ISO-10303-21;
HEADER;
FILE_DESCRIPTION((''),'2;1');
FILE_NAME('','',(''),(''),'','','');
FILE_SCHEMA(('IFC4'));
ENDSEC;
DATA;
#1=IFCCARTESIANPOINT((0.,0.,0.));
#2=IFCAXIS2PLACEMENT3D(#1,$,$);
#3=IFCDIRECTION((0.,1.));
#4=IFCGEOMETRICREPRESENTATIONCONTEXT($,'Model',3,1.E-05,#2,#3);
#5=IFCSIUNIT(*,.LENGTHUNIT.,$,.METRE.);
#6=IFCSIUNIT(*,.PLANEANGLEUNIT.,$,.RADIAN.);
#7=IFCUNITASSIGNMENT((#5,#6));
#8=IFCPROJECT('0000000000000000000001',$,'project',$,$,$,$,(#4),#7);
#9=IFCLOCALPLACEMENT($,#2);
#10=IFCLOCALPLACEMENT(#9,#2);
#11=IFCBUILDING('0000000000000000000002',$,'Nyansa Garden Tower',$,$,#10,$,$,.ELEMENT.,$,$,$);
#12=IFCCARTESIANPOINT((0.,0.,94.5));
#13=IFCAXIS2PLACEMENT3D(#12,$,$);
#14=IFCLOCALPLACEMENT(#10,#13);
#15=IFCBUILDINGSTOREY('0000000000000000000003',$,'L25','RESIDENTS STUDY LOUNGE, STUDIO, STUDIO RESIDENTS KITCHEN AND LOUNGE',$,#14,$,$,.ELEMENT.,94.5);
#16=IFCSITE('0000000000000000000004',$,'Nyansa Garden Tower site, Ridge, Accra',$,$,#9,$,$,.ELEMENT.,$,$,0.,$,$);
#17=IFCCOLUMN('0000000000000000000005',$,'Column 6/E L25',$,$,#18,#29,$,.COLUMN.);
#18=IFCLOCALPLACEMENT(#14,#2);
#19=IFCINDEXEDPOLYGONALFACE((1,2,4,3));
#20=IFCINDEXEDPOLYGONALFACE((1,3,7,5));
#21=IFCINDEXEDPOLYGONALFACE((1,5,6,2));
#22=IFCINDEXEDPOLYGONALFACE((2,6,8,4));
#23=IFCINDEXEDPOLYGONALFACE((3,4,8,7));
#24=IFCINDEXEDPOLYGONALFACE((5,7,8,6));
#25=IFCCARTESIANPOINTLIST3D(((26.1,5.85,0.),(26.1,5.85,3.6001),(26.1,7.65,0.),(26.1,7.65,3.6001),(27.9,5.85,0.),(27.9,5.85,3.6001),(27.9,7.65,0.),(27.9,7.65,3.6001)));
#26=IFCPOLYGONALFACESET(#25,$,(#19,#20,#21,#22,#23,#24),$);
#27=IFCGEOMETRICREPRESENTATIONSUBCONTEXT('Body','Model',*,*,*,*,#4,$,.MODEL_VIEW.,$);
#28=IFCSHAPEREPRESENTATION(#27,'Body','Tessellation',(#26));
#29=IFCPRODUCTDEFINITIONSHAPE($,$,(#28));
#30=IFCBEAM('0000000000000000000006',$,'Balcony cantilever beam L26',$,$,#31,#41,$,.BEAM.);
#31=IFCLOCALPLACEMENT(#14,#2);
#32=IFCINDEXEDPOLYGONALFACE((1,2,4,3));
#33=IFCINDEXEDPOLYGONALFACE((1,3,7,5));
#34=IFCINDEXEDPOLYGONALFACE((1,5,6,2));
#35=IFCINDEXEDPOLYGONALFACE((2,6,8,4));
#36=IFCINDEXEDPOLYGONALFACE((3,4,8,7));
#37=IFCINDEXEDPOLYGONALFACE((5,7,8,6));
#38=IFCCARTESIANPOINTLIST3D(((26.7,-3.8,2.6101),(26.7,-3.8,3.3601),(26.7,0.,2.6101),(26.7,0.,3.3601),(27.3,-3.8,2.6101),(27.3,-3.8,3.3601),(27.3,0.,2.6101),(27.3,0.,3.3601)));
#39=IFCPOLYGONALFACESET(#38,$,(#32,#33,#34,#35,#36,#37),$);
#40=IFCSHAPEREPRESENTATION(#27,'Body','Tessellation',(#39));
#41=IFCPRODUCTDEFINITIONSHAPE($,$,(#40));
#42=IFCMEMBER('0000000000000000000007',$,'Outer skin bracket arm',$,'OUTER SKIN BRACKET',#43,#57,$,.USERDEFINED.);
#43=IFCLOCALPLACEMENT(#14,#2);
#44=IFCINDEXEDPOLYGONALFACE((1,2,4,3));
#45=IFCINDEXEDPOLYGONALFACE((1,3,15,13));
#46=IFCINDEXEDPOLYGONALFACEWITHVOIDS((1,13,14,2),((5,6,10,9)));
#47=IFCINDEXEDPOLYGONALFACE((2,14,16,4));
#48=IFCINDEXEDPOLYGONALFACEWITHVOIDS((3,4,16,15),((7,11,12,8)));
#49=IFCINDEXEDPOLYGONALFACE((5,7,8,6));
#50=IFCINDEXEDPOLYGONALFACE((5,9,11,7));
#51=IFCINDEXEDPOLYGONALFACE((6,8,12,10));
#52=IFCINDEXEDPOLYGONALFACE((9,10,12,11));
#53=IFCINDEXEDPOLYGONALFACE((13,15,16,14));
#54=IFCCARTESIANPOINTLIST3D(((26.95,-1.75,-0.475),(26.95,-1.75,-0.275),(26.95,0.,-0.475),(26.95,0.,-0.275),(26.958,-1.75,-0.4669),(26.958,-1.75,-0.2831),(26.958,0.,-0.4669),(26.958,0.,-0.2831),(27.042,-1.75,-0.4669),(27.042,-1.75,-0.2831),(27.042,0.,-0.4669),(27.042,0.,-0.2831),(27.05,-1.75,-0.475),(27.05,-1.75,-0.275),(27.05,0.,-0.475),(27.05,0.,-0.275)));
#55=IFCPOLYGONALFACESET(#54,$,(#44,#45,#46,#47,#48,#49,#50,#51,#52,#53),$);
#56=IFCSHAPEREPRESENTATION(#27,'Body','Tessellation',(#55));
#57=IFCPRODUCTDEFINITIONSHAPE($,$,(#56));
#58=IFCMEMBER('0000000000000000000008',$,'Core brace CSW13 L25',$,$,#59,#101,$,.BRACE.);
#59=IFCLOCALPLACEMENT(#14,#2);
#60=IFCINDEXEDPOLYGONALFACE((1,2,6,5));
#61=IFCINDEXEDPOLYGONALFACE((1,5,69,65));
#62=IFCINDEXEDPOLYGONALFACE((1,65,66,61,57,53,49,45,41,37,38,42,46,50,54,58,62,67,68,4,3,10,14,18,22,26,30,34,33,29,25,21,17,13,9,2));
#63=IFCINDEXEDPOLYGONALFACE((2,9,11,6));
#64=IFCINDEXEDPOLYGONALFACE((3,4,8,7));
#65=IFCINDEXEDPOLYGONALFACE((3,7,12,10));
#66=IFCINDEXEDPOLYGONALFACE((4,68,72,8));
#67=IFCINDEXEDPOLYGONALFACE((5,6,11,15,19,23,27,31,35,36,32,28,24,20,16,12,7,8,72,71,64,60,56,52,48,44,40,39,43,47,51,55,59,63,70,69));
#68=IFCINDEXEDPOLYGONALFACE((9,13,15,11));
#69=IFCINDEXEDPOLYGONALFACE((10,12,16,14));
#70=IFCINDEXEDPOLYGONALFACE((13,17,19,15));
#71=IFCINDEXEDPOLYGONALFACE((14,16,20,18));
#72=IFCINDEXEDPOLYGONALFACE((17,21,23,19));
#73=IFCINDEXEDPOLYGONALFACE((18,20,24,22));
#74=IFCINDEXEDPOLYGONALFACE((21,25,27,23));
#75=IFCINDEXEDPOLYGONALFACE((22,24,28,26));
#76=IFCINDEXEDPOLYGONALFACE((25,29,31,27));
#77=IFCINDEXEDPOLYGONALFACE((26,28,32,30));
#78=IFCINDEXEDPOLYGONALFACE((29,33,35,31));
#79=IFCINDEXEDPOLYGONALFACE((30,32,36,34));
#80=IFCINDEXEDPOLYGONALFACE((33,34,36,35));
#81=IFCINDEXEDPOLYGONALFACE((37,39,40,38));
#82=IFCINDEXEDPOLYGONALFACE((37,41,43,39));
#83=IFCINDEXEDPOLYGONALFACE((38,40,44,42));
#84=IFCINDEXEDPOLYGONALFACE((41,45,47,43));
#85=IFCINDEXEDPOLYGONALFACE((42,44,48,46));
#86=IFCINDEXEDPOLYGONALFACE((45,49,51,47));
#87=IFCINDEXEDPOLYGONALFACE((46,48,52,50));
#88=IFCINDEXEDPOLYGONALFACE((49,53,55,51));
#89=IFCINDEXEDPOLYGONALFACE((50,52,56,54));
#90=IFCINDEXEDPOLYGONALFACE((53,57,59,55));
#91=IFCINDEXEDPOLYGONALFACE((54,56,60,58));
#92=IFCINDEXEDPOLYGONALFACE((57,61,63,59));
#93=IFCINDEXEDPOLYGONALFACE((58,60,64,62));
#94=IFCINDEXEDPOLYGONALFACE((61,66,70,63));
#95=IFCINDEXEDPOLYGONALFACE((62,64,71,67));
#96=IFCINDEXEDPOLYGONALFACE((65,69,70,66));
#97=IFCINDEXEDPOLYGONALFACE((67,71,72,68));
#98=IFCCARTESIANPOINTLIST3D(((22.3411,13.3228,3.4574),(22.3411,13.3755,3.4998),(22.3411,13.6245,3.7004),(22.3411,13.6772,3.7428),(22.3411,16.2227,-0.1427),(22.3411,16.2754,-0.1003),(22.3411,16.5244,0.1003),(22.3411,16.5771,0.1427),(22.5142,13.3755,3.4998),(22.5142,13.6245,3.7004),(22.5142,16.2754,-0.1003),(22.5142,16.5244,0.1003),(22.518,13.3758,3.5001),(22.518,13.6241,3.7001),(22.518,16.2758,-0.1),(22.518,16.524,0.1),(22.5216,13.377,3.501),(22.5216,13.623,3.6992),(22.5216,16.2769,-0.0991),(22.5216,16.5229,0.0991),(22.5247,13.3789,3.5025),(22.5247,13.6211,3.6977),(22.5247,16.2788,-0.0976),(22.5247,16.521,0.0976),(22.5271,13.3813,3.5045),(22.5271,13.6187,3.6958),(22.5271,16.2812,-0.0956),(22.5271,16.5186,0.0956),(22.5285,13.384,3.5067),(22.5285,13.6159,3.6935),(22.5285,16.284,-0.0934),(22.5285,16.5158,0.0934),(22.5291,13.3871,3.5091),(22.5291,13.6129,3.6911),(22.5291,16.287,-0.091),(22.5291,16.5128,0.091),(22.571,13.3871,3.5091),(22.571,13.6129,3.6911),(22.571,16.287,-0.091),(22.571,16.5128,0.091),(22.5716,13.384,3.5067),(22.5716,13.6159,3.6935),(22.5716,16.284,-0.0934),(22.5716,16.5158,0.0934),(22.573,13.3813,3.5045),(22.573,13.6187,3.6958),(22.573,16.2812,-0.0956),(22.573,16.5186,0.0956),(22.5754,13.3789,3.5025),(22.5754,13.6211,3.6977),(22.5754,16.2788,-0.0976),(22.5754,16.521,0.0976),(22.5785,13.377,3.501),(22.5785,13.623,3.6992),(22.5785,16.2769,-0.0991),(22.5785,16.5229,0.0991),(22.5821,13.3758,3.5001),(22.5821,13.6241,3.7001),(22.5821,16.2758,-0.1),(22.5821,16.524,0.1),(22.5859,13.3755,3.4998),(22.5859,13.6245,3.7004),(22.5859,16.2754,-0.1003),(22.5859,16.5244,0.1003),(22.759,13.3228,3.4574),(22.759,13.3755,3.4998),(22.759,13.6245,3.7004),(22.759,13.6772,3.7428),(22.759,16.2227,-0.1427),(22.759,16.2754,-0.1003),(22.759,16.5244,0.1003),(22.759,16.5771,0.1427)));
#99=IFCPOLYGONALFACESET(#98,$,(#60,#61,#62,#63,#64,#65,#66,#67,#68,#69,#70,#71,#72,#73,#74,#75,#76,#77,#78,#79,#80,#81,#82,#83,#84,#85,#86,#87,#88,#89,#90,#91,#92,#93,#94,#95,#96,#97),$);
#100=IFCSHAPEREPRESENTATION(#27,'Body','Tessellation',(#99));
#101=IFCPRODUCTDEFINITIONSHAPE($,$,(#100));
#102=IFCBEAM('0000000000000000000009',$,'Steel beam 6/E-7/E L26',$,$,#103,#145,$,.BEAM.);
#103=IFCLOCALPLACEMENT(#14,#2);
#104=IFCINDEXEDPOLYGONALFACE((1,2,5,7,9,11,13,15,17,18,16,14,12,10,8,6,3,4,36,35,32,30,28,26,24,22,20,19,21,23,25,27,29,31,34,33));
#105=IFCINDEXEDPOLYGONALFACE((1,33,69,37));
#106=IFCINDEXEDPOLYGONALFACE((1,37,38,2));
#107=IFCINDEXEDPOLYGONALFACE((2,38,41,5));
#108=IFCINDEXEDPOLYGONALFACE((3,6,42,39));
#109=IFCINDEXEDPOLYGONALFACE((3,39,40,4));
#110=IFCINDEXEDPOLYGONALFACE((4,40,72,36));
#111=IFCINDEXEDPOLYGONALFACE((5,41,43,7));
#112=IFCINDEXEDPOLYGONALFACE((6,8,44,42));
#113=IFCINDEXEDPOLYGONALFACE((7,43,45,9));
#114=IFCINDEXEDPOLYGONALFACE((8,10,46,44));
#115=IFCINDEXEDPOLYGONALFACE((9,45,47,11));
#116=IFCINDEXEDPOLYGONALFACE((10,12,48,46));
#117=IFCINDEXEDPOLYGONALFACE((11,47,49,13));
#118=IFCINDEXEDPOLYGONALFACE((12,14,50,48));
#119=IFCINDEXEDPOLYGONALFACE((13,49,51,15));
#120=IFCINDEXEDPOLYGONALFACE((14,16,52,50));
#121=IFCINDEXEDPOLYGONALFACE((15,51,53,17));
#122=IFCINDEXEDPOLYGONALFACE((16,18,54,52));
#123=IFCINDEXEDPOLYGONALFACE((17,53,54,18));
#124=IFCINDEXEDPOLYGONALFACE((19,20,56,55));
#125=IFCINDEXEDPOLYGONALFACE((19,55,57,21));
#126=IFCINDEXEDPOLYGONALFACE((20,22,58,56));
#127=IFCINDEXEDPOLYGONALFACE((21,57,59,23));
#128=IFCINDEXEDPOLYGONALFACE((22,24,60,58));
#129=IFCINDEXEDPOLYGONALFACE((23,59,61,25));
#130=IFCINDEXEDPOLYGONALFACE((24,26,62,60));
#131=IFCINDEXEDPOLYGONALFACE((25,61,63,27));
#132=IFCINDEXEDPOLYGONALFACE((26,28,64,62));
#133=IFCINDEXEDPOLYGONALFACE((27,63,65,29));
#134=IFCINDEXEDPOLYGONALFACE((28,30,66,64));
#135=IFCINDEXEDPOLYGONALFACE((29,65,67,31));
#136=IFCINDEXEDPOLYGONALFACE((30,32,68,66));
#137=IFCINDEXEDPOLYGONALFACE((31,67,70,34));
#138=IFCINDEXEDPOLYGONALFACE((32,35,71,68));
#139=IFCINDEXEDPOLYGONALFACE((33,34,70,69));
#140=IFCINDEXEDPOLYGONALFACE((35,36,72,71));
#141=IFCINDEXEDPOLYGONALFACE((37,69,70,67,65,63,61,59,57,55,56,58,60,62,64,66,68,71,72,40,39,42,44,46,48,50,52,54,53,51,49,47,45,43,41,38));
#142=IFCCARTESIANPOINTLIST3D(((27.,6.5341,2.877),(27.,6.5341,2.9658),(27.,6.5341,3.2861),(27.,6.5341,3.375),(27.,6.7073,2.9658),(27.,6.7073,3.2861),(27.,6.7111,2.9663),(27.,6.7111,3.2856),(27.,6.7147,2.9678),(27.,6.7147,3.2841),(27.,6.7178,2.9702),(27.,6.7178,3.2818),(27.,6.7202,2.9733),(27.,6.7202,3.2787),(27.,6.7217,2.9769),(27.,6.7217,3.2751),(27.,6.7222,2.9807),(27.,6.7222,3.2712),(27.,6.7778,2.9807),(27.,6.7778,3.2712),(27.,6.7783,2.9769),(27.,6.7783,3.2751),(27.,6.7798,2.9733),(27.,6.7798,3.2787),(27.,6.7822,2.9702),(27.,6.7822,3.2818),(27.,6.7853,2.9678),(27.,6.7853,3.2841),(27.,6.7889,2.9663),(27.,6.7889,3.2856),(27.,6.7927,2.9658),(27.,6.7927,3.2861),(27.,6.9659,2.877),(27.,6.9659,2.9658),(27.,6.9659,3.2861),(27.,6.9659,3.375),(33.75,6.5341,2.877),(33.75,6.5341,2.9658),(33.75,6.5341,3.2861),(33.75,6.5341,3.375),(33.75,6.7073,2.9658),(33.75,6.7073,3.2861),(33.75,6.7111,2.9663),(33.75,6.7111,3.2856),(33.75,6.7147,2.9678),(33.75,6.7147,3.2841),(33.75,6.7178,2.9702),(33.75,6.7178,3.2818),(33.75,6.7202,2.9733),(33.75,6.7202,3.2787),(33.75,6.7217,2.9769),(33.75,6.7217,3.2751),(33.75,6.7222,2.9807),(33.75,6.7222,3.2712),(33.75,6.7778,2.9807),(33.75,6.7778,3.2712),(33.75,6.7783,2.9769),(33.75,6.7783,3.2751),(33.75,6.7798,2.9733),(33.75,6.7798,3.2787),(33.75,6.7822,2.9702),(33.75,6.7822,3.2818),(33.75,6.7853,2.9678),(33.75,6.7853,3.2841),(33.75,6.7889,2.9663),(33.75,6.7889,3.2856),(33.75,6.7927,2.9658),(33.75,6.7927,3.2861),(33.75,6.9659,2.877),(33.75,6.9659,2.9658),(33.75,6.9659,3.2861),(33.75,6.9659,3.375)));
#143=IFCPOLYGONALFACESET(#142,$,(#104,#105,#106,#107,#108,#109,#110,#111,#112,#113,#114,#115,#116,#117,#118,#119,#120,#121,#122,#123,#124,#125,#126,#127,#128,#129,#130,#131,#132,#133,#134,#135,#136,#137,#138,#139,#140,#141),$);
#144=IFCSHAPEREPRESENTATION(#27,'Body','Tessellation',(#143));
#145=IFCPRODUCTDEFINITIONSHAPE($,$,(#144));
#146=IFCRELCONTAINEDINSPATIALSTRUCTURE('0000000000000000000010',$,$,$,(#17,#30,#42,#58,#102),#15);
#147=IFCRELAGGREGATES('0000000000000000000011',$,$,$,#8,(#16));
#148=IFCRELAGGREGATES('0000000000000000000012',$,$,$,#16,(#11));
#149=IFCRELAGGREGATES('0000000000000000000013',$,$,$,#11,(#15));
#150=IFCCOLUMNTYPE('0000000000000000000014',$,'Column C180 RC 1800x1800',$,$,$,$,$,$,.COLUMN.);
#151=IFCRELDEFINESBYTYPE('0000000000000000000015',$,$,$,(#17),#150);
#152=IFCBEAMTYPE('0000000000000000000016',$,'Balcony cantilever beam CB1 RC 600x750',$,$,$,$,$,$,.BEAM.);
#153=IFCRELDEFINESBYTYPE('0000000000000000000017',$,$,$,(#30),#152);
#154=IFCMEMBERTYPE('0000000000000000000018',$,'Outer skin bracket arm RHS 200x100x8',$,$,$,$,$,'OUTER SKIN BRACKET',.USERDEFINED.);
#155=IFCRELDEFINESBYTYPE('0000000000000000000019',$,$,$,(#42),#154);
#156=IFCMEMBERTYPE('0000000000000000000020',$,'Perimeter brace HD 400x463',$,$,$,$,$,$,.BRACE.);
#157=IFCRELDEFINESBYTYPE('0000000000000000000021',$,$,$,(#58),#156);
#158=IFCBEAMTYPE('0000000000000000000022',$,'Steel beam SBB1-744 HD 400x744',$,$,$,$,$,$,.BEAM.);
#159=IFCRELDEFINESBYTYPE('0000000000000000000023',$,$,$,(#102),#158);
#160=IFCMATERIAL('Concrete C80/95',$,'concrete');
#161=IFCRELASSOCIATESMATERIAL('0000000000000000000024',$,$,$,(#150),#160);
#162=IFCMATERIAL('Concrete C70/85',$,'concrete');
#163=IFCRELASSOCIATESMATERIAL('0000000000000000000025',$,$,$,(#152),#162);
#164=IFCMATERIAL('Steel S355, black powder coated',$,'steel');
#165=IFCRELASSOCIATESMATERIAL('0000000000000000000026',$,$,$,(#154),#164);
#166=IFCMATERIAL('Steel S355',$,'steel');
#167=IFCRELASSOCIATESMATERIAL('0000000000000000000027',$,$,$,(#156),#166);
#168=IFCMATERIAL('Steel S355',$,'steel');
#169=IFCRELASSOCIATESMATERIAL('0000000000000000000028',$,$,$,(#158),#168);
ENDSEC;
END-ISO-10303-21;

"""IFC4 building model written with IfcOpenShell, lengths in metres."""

from ifc_helpers import new_model, si_unit, direction, frame, origin, origin_2d, place, context, subcontext, project, spatial, rectangle, hollow_rectangle, i_section, extrude, material, material_profile, profile_set, type_object, element, save


model = new_model("IFC4")

# Units and contexts
model_context = context("Model", 3, precision=1e-05, world=origin(), true_north=direction((0.0, 1.0)))
body_context = subcontext(model_context, "Body", "Model", "MODEL_VIEW")
ifc_project = project(units=[si_unit("LENGTHUNIT", "METRE"), si_unit("PLANEANGLEUNIT", "RADIAN")], contexts=[model_context])

# Site, building, storey
site_placement = place(None, origin())
site = spatial("IfcSite", under=ifc_project, at=site_placement, Name="Nyansa Garden Tower site, Ridge, Accra", CompositionType="ELEMENT", RefElevation=0.0)
building_placement = place(site_placement, origin())
building = spatial("IfcBuilding", under=site, at=building_placement, Name="Nyansa Garden Tower", CompositionType="ELEMENT")
storey_placement = place(building_placement, frame((0.0, 0.0, 94.5)))
storey = spatial("IfcBuildingStorey", under=building, at=storey_placement, Name="L25", Description="RESIDENTS STUDY LOUNGE, STUDIO, STUDIO RESIDENTS KITCHEN AND LOUNGE", CompositionType="ELEMENT", Elevation=94.5)

# Column
ifc_material_1 = material(Name="Concrete C80/95", Category="concrete")
ifc_material_profile_1 = material_profile(ifc_material_1, rectangle(XDim=1.8, YDim=1.8, at=origin_2d()), Name="RC 1800x1800")
ifc_profile_set_1 = profile_set([ifc_material_profile_1], Name="Concrete C80/95")
column_type = type_object("IfcColumnType", Name="Column C180 RC 1800x1800", PredefinedType="COLUMN", material=ifc_profile_set_1)
column_placement = place(storey_placement, frame((27.0, 6.75, 0.0), z_axis=(0.0, 0.0, 1.0), x_axis=(1.0, 0.0, 0.0)))
element("IfcColumn", 1, at=column_placement, inside=storey, type_object=column_type, Name="Column 6/E L25", PredefinedType="COLUMN", context=body_context, shape_type="SweptSolid", body=[
    extrude(rectangle(XDim=1.8, YDim=1.8, at=origin_2d()), origin(), (0.0, 0.0, 1.0), 3.6001),
])

# Beam
ifc_material_2 = material(Name="Concrete C70/85", Category="concrete")
ifc_material_profile_2 = material_profile(ifc_material_2, rectangle(XDim=0.6001, YDim=0.75, at=origin_2d()), Name="RC 600x750")
ifc_profile_set_2 = profile_set([ifc_material_profile_2], Name="Concrete C70/85")
beam_type_1 = type_object("IfcBeamType", Name="Balcony cantilever beam CB1 RC 600x750", PredefinedType="BEAM", material=ifc_profile_set_2)
beam_1_placement = place(storey_placement, frame((27.0, 0.0, 2.9851), z_axis=(0.0, -1.0, 0.0), x_axis=(1.0, 0.0, 0.0)))
element("IfcBeam", 2, at=beam_1_placement, inside=storey, type_object=beam_type_1, Name="Balcony cantilever beam L26", PredefinedType="BEAM", context=body_context, shape_type="SweptSolid", body=[
    extrude(rectangle(XDim=0.6001, YDim=0.75, at=origin_2d()), origin(), (0.0, 0.0, 1.0), 3.8),
])

# Members
ifc_material_3 = material(Name="Steel S355, black powder coated", Category="steel")
ifc_material_profile_3 = material_profile(ifc_material_3, hollow_rectangle(XDim=0.1001, YDim=0.2, WallThickness=0.0081, at=origin_2d()), Name="RHS 200x100x8")
ifc_profile_set_3 = profile_set([ifc_material_profile_3], Name="Steel S355, black powder coated")
member_type_1 = type_object("IfcMemberType", Name="Outer skin bracket arm RHS 200x100x8", ElementType="OUTER SKIN BRACKET", PredefinedType="USERDEFINED", material=ifc_profile_set_3)
member_1_placement = place(storey_placement, frame((27.0, 0.0, -0.375), z_axis=(0.0, -1.0, 0.0), x_axis=(1.0, 0.0, 0.0)))
element("IfcMember", 3, at=member_1_placement, inside=storey, type_object=member_type_1, Name="Outer skin bracket arm", ObjectType="OUTER SKIN BRACKET", PredefinedType="USERDEFINED", context=body_context, shape_type="SweptSolid", body=[
    extrude(hollow_rectangle(XDim=0.1001, YDim=0.2, WallThickness=0.0081, at=origin_2d()), origin(), (0.0, 0.0, 1.0), 1.75),
])
ifc_material_4 = material(Name="Steel S355", Category="steel")
ifc_material_profile_4 = material_profile(ifc_material_4, i_section(OverallWidth=0.418, OverallDepth=0.4551, WebThickness=0.042, FlangeThickness=0.0676, FilletRadius=0.0149, at=origin_2d()), Name="HD 400x463")
ifc_profile_set_4 = profile_set([ifc_material_profile_4], Name="Steel S355")
member_type_2 = type_object("IfcMemberType", Name="Perimeter brace HD 400x463", PredefinedType="BRACE", material=ifc_profile_set_4)
member_2_placement = place(storey_placement, frame((22.55, 16.3999, 0.0), z_axis=(0.0, -0.627306, 0.778773), x_axis=(1.0, 0.0, 0.0)))
element("IfcMember", 4, at=member_2_placement, inside=storey, type_object=member_type_2, Name="Core brace CSW13 L25", PredefinedType="BRACE", context=body_context, shape_type="SweptSolid", body=[
    extrude(i_section(OverallWidth=0.418, OverallDepth=0.4551, WebThickness=0.042, FlangeThickness=0.0676, FilletRadius=0.0149, at=origin_2d()), origin(), (0.0, 0.0, 1.0), 4.6228),
])

# Beam
ifc_material_5 = material(Name="Steel S355", Category="steel")
ifc_material_profile_5 = material_profile(ifc_material_5, i_section(OverallWidth=0.4319, OverallDepth=0.498, WebThickness=0.0557, FlangeThickness=0.0889, FilletRadius=0.0149, at=origin_2d()), Name="HD 400x744")
ifc_profile_set_5 = profile_set([ifc_material_profile_5], Name="Steel S355")
beam_type_2 = type_object("IfcBeamType", Name="Steel beam SBB1-744 HD 400x744", PredefinedType="BEAM", material=ifc_profile_set_5)
beam_2_placement = place(storey_placement, frame((27.0, 6.75, 3.126), z_axis=(1.0, 0.0, 0.0), x_axis=(0.0, 1.0, 0.0)))
element("IfcBeam", 5, at=beam_2_placement, inside=storey, type_object=beam_type_2, Name="Steel beam 6/E-7/E L26", PredefinedType="BEAM", context=body_context, shape_type="SweptSolid", body=[
    extrude(i_section(OverallWidth=0.4319, OverallDepth=0.498, WebThickness=0.0557, FlangeThickness=0.0889, FilletRadius=0.0149, at=origin_2d()), origin(), (0.0, 0.0, 1.0), 6.75),
])

save(model, "model.ifc")
